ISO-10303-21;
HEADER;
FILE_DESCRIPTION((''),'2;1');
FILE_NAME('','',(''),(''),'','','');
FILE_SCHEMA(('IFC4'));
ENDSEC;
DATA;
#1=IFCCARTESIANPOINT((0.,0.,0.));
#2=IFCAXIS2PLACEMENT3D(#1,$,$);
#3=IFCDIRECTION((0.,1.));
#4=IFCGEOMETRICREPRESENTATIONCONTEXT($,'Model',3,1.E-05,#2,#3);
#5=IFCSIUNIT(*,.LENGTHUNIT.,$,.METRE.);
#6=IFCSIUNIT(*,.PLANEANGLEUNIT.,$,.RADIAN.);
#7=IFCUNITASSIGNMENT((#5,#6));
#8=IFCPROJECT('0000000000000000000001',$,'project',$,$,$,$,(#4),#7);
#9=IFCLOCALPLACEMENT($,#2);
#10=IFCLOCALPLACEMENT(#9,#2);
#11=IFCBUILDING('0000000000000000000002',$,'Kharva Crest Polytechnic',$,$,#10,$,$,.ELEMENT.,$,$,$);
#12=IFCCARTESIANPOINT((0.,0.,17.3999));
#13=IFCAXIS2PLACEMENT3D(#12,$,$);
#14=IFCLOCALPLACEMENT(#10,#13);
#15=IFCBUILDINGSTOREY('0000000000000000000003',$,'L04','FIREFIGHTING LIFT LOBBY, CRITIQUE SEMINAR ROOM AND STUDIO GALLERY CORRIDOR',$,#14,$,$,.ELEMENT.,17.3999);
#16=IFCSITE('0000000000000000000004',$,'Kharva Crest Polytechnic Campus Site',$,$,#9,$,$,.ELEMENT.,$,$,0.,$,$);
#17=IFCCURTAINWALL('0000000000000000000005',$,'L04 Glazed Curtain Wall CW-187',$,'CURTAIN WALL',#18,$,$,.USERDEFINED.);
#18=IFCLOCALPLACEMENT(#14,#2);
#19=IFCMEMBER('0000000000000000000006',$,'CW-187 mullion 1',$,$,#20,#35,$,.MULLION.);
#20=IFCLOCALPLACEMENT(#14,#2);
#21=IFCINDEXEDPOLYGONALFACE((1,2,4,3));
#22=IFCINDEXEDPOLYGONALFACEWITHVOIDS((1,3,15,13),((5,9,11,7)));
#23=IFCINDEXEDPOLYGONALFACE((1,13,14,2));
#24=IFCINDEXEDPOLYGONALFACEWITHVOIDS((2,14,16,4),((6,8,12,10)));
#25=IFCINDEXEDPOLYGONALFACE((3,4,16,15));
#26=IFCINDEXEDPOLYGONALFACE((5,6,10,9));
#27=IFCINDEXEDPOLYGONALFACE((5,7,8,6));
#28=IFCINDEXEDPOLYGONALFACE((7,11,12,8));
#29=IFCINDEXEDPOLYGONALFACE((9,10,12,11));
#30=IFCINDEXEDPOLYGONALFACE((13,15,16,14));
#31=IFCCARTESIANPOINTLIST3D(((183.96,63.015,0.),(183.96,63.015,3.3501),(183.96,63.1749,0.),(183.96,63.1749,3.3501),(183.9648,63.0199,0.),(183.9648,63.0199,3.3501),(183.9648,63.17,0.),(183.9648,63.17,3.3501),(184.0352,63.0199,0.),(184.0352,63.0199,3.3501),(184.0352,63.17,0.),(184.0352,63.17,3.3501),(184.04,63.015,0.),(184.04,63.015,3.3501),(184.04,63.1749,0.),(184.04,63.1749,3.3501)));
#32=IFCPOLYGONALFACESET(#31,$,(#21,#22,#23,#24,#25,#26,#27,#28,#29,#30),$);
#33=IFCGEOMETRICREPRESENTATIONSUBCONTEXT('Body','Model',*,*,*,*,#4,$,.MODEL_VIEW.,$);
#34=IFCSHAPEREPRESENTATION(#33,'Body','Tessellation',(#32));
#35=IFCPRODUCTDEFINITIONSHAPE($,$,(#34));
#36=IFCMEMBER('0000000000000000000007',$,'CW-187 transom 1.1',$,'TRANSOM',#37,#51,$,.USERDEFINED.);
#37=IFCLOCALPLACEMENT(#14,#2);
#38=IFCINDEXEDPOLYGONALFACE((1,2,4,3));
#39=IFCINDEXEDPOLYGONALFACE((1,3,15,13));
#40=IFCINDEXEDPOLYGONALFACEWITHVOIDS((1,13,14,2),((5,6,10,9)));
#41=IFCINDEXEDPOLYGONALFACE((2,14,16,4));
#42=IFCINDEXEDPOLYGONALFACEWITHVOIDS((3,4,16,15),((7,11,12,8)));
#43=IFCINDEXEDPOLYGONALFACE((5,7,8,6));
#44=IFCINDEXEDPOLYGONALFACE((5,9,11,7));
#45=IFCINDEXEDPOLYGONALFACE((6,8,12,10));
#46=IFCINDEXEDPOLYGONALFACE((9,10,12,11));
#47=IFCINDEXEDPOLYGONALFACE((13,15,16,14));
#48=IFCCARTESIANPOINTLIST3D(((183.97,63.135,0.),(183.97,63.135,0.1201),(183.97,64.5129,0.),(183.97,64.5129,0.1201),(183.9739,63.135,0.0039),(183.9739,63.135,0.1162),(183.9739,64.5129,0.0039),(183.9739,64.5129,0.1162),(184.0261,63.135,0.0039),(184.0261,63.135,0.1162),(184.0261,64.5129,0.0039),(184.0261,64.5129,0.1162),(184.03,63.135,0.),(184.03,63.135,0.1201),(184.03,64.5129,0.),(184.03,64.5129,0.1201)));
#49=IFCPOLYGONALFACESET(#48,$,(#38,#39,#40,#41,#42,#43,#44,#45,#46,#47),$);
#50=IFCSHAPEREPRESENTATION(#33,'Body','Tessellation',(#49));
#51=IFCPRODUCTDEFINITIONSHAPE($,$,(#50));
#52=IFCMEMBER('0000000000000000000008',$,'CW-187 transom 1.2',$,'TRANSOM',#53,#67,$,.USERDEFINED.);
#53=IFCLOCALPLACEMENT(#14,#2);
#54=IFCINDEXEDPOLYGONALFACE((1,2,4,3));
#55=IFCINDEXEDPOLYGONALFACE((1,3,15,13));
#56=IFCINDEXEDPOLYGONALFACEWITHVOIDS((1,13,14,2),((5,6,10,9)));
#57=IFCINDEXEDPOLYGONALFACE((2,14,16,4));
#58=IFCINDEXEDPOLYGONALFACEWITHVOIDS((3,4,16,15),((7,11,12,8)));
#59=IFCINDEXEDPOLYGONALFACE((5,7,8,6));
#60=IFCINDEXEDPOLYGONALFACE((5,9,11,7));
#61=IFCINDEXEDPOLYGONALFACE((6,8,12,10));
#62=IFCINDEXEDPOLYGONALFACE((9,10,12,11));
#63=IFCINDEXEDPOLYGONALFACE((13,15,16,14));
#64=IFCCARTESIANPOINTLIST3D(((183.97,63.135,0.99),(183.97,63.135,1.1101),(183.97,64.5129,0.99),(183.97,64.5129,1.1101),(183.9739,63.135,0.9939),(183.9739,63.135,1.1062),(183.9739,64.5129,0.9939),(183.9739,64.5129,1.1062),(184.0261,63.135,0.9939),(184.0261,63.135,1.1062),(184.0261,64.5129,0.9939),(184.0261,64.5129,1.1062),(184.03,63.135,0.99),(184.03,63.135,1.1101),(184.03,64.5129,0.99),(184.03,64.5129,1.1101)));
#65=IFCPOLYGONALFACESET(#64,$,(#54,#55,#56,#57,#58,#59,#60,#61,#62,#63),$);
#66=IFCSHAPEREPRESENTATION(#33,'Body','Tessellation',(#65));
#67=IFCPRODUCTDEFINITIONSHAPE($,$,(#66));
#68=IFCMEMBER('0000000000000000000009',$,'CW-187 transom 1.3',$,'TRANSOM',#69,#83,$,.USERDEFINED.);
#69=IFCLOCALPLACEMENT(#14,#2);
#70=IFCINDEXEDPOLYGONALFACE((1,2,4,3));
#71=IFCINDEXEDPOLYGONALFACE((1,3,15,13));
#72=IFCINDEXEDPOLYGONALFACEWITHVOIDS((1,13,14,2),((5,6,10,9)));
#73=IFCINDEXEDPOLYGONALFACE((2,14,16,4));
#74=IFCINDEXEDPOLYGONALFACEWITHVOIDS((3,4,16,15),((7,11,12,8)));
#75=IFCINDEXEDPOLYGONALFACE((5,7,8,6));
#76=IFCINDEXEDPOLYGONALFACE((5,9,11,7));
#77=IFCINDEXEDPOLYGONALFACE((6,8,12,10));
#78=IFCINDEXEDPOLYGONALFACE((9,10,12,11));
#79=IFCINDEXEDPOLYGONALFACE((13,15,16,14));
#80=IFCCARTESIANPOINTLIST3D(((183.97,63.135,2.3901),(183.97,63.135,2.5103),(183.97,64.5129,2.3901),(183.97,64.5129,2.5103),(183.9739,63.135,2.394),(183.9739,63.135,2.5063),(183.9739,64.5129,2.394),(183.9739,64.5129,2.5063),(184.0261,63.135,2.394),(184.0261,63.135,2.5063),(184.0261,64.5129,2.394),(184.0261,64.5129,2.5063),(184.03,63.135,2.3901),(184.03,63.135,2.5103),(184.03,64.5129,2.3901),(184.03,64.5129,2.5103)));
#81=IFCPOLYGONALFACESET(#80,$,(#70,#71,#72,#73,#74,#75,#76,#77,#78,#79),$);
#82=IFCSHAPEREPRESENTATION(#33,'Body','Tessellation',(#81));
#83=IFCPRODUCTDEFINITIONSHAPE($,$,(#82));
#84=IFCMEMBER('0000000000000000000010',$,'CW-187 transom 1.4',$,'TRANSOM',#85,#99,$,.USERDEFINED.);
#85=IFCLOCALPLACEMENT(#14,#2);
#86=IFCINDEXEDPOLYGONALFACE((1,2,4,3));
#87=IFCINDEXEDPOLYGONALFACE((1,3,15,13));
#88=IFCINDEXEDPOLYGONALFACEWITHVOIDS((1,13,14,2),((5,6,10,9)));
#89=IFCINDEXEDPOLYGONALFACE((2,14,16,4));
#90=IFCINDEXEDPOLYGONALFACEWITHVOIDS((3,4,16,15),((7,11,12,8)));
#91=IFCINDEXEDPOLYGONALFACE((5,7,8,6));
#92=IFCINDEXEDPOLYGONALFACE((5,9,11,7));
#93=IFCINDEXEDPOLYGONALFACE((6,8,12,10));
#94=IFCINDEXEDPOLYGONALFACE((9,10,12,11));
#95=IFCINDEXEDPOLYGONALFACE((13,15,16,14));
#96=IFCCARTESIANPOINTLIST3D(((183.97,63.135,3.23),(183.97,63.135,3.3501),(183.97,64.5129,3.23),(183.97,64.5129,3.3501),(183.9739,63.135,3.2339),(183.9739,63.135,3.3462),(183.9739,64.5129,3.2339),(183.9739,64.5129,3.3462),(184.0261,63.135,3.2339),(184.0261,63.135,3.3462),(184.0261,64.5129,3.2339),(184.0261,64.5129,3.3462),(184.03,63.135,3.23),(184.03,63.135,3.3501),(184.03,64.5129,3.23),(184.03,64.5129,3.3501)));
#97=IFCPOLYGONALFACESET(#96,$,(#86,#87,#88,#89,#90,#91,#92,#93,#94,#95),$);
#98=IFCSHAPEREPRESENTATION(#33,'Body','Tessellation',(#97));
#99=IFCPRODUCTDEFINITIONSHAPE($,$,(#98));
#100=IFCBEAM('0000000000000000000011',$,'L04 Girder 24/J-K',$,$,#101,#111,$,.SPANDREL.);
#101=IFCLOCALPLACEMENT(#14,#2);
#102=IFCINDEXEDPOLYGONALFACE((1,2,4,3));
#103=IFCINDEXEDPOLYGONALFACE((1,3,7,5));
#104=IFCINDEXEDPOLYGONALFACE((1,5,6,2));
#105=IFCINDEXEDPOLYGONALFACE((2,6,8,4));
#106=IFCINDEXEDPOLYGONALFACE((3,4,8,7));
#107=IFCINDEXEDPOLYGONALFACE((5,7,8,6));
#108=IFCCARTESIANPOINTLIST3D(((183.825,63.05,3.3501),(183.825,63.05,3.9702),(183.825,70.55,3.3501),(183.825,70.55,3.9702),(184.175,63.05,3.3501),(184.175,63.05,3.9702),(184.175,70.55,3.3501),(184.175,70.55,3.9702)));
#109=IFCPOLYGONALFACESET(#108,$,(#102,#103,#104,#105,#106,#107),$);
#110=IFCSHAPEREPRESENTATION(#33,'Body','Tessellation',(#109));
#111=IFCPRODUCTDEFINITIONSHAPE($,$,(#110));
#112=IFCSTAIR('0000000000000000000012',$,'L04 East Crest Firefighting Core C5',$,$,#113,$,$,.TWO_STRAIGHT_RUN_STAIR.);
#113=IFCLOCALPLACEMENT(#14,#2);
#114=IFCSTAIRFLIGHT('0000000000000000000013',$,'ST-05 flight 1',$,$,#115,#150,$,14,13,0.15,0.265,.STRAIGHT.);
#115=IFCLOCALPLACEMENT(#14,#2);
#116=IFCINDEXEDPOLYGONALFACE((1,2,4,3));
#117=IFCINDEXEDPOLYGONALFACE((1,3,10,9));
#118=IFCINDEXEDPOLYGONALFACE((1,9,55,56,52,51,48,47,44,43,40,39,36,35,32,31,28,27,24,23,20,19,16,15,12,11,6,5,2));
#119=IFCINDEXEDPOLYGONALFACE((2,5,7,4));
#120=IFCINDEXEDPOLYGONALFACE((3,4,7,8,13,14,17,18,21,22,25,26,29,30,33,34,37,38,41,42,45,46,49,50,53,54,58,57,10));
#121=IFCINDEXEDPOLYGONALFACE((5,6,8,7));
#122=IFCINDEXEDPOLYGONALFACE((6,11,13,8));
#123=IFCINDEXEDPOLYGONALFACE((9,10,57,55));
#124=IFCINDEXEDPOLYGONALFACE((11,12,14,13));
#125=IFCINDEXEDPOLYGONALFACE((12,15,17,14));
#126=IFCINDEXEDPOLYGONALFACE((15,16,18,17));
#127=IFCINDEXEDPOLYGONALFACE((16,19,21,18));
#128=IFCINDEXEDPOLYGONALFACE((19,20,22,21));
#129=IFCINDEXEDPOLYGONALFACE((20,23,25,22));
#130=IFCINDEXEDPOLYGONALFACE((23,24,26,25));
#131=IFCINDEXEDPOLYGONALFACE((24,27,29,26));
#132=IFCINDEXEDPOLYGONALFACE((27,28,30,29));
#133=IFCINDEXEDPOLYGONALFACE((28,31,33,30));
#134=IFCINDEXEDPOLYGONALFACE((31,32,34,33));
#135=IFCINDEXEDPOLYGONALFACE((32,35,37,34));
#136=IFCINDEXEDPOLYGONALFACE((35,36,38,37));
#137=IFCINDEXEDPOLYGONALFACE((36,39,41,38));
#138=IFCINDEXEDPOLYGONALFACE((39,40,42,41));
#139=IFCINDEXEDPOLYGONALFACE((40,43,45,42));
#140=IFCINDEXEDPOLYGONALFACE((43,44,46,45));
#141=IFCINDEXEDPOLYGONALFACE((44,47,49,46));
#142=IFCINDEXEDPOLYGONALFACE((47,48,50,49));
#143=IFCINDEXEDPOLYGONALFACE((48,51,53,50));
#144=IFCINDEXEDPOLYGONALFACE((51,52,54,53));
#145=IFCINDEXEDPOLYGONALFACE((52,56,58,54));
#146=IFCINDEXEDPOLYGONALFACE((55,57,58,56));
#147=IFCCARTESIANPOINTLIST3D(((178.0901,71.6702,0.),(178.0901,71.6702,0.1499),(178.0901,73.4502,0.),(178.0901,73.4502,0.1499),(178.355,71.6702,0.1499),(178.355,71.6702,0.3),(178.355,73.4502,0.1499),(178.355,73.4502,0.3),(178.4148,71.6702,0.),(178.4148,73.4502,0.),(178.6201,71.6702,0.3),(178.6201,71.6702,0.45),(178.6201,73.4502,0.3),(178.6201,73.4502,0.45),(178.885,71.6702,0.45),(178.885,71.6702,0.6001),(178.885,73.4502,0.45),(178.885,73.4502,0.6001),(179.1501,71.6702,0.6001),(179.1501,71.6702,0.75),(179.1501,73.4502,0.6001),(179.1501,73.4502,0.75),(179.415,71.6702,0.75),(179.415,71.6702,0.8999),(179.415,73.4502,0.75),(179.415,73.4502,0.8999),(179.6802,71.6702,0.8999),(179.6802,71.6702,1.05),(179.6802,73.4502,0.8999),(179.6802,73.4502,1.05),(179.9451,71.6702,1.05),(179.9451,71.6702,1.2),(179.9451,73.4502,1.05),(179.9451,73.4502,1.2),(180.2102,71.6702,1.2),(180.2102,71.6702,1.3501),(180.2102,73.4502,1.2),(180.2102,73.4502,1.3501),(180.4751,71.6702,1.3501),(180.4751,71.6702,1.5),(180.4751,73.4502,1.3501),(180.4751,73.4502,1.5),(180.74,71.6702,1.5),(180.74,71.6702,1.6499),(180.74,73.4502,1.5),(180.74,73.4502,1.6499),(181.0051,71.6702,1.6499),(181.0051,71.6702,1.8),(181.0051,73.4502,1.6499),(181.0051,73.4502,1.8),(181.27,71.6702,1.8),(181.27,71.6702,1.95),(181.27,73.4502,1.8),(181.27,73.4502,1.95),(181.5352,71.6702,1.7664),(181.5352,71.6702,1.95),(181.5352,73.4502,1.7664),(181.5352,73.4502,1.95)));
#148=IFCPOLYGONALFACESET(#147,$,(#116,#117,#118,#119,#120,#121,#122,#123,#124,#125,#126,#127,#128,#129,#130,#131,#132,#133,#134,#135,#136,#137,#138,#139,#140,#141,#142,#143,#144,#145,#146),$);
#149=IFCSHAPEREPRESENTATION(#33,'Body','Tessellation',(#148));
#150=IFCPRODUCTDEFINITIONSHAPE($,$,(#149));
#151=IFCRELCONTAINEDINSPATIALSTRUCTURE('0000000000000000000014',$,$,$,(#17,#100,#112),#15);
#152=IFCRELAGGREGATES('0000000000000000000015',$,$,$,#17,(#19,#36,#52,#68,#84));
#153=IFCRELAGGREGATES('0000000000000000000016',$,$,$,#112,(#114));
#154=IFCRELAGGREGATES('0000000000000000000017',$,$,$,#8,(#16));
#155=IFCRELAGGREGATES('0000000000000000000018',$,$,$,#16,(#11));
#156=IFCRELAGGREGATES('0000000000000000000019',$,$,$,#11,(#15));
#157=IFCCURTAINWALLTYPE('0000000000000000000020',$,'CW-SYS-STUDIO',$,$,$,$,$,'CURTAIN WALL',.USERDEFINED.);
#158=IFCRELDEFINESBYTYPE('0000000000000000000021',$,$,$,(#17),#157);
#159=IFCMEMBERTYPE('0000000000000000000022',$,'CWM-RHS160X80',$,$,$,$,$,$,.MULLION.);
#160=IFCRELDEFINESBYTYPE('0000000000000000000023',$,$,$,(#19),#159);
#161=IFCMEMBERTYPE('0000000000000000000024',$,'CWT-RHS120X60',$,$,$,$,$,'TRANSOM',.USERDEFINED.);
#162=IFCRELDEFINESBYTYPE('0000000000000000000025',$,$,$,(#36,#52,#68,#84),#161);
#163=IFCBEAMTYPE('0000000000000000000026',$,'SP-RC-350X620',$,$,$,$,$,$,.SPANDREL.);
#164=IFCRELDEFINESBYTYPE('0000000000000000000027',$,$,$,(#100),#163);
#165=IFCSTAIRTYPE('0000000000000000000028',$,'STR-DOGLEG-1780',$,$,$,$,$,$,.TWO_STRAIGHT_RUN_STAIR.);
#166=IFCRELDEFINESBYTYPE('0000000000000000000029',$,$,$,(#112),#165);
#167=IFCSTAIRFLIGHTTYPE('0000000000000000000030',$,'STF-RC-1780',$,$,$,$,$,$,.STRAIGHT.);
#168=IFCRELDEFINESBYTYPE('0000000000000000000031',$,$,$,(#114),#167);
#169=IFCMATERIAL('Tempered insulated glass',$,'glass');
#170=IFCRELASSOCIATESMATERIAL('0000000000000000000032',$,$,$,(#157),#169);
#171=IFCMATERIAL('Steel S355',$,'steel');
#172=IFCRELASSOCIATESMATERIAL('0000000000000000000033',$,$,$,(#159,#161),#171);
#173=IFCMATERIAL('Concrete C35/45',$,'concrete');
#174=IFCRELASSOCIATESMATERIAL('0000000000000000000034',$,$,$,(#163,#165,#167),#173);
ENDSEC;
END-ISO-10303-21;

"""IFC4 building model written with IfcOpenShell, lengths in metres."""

from ifc_helpers import new_model, si_unit, direction, frame, origin, origin_2d, place, context, subcontext, project, spatial, polyline, rectangle, hollow_rectangle, outline, extrude, material, material_profile, profile_set, type_object, element, aggregate, save


model = new_model("IFC4")

# Units and contexts
model_context = context("Model", 3, precision=1e-05, world=origin(), true_north=direction((0.0, 1.0)))
body_context = subcontext(model_context, "Body", "Model", "MODEL_VIEW")
ifc_project = project(units=[si_unit("LENGTHUNIT", "METRE"), si_unit("PLANEANGLEUNIT", "RADIAN")], contexts=[model_context])

# Site, building, storey
site_placement = place(None, origin())
site = spatial("IfcSite", under=ifc_project, at=site_placement, Name="Kharva Crest Polytechnic Campus Site", CompositionType="ELEMENT", RefElevation=0.0)
building_placement = place(site_placement, origin())
building = spatial("IfcBuilding", under=site, at=building_placement, Name="Kharva Crest Polytechnic", CompositionType="ELEMENT")
storey_placement = place(building_placement, frame((0.0, 0.0, 17.3999)))
storey = spatial("IfcBuildingStorey", under=building, at=storey_placement, Name="L04", Description="FIREFIGHTING LIFT LOBBY, CRITIQUE SEMINAR ROOM AND STUDIO GALLERY CORRIDOR", CompositionType="ELEMENT", Elevation=17.3999)

# Shared definitions
ifc_material_1 = material(Name="Steel S355", Category="steel")

# Shared definitions
ifc_material_2 = material(Name="Concrete C35/45", Category="concrete")

# Curtain wall, members
ifc_material_3 = material(Name="Tempered insulated glass", Category="glass")
curtain_wall_type = type_object("IfcCurtainWallType", Name="CW-SYS-STUDIO", ElementType="CURTAIN WALL", PredefinedType="USERDEFINED", material=ifc_material_3)
curtain_wall_placement = place(storey_placement, origin())
curtain_wall = element("IfcCurtainWall", 1, at=curtain_wall_placement, inside=storey, type_object=curtain_wall_type, Name="L04 Glazed Curtain Wall CW-187", ObjectType="CURTAIN WALL", PredefinedType="USERDEFINED")
ifc_material_profile_1 = material_profile(ifc_material_1, hollow_rectangle(XDim=0.0801, YDim=0.1599, WallThickness=0.0049, at=origin_2d()), Name="RHS 160X80X5.0")
ifc_profile_set_1 = profile_set([ifc_material_profile_1], Name="Steel S355")
member_type_1 = type_object("IfcMemberType", Name="CWM-RHS160X80", PredefinedType="MULLION", material=ifc_profile_set_1)
member_1_placement = place(storey_placement, frame((184.0, 63.095, 0.0), z_axis=(0.0, 0.0, 1.0), x_axis=(-1.0, 0.0, 0.0)))
member_1 = element("IfcMember", 2, at=member_1_placement, type_object=member_type_1, Name="CW-187 mullion 1", PredefinedType="MULLION", context=body_context, shape_type="SweptSolid", body=[
    extrude(hollow_rectangle(XDim=0.0801, YDim=0.1599, WallThickness=0.0049, at=origin_2d()), origin(), (0.0, 0.0, 1.0), 3.3501),
])
ifc_material_profile_2 = material_profile(ifc_material_1, hollow_rectangle(XDim=0.0601, YDim=0.1201, WallThickness=0.0039, at=origin_2d()), Name="RHS 120X60X4.0")
ifc_profile_set_2 = profile_set([ifc_material_profile_2], Name="Steel S355")
member_type_2 = type_object("IfcMemberType", Name="CWT-RHS120X60", ElementType="TRANSOM", PredefinedType="USERDEFINED", material=ifc_profile_set_2)
member_2_placement = place(storey_placement, frame((184.0, 63.135, 0.0601), z_axis=(0.0, 1.0, 0.0), x_axis=(-1.0, 0.0, 0.0)))
member_2 = element("IfcMember", 3, at=member_2_placement, type_object=member_type_2, Name="CW-187 transom 1.1", ObjectType="TRANSOM", PredefinedType="USERDEFINED", context=body_context, shape_type="SweptSolid", body=[
    extrude(hollow_rectangle(XDim=0.0601, YDim=0.1201, WallThickness=0.0039, at=origin_2d()), origin(), (0.0, 0.0, 1.0), 1.3779),
])
member_3_placement = place(storey_placement, frame((184.0, 63.135, 1.05), z_axis=(0.0, 1.0, 0.0), x_axis=(-1.0, 0.0, 0.0)))
member_3 = element("IfcMember", 4, at=member_3_placement, type_object=member_type_2, Name="CW-187 transom 1.2", ObjectType="TRANSOM", PredefinedType="USERDEFINED", context=body_context, shape_type="SweptSolid", body=[
    extrude(hollow_rectangle(XDim=0.0601, YDim=0.1201, WallThickness=0.0039, at=origin_2d()), origin(), (0.0, 0.0, 1.0), 1.3779),
])
member_4_placement = place(storey_placement, frame((184.0, 63.135, 2.4502), z_axis=(0.0, 1.0, 0.0), x_axis=(-1.0, 0.0, 0.0)))
member_4 = element("IfcMember", 5, at=member_4_placement, type_object=member_type_2, Name="CW-187 transom 1.3", ObjectType="TRANSOM", PredefinedType="USERDEFINED", context=body_context, shape_type="SweptSolid", body=[
    extrude(hollow_rectangle(XDim=0.0601, YDim=0.1201, WallThickness=0.0039, at=origin_2d()), origin(), (0.0, 0.0, 1.0), 1.3779),
])
member_5_placement = place(storey_placement, frame((184.0, 63.135, 3.29), z_axis=(0.0, 1.0, 0.0), x_axis=(-1.0, 0.0, 0.0)))
member_5 = element("IfcMember", 6, at=member_5_placement, type_object=member_type_2, Name="CW-187 transom 1.4", ObjectType="TRANSOM", PredefinedType="USERDEFINED", context=body_context, shape_type="SweptSolid", body=[
    extrude(hollow_rectangle(XDim=0.0601, YDim=0.1201, WallThickness=0.0039, at=origin_2d()), origin(), (0.0, 0.0, 1.0), 1.3779),
])
aggregate(curtain_wall, [member_1, member_2, member_3, member_4, member_5])

# Beam
ifc_material_profile_3 = material_profile(ifc_material_2, rectangle(XDim=0.3501, YDim=0.6201, at=origin_2d()), Name="RECT 350 X 620")
ifc_profile_set_3 = profile_set([ifc_material_profile_3], Name="Concrete C35/45")
beam_type_1 = type_object("IfcBeamType", Name="SP-RC-350X620", PredefinedType="SPANDREL", material=ifc_profile_set_3)
beam_1_placement = place(storey_placement, frame((184.0, 63.05, 3.6602), z_axis=(0.0, 1.0, 0.0), x_axis=(-1.0, 0.0, 0.0)))
element("IfcBeam", 7, at=beam_1_placement, inside=storey, type_object=beam_type_1, Name="L04 Girder 24/J-K", PredefinedType="SPANDREL", context=body_context, shape_type="SweptSolid", body=[
    extrude(rectangle(XDim=0.3501, YDim=0.6201, at=origin_2d()), origin(), (0.0, 0.0, 1.0), 7.5),
])

# Stair, stair flight
stair_type = type_object("IfcStairType", Name="STR-DOGLEG-1780", PredefinedType="TWO_STRAIGHT_RUN_STAIR", material=ifc_material_2)
stair_placement = place(storey_placement, origin())
stair = element("IfcStair", 8, at=stair_placement, inside=storey, type_object=stair_type, Name="L04 East Crest Firefighting Core C5", PredefinedType="TWO_STRAIGHT_RUN_STAIR")
stair_flight_type = type_object("IfcStairFlightType", Name="STF-RC-1780", PredefinedType="STRAIGHT", material=ifc_material_2)
stair_flight_1_placement = place(storey_placement, frame((178.0901, 72.5601, 0.0), z_axis=(0.0, 0.0, 1.0), x_axis=(1.0, 0.0, 0.0)))
stair_flight_1 = element("IfcStairFlight", 9, at=stair_flight_1_placement, type_object=stair_flight_type, Name="ST-05 flight 1", NumberOfRisers=14, NumberOfTreads=13, PredefinedType="STRAIGHT", RiserHeight=0.15, TreadLength=0.265, context=body_context, shape_type="SweptSolid", body=[
    extrude(outline(polyline([(0.0, 0.0), (0.0, 0.1499), (0.2649, 0.1499), (0.2649, 0.3), (0.53, 0.3), (0.53, 0.45), (0.7949, 0.45), (0.7949, 0.6001), (1.0601, 0.6001), (1.0601, 0.75), (1.325, 0.75), (1.325, 0.8999), (1.5901, 0.8999), (1.5901, 1.05), (1.855, 1.05), (1.855, 1.2), (2.1201, 1.2), (2.1201, 1.3501), (2.385, 1.3501), (2.385, 1.5), (2.6499, 1.5), (2.6499, 1.6499), (2.915, 1.6499), (2.915, 1.8), (3.1799, 1.8), (3.1799, 1.95), (3.4451, 1.95), (3.4451, 2.1001), (3.4451, 1.7664), (0.3247, 0.0), (0.0, 0.0)])), frame((0.0, 0.8901, 0.0), z_axis=(0.0, -1.0, 0.0), x_axis=(1.0, 0.0, 0.0)), (0.0, 0.0, 1.0), 1.78),
])
aggregate(stair, [stair_flight_1])

save(model, "model.ifc")
